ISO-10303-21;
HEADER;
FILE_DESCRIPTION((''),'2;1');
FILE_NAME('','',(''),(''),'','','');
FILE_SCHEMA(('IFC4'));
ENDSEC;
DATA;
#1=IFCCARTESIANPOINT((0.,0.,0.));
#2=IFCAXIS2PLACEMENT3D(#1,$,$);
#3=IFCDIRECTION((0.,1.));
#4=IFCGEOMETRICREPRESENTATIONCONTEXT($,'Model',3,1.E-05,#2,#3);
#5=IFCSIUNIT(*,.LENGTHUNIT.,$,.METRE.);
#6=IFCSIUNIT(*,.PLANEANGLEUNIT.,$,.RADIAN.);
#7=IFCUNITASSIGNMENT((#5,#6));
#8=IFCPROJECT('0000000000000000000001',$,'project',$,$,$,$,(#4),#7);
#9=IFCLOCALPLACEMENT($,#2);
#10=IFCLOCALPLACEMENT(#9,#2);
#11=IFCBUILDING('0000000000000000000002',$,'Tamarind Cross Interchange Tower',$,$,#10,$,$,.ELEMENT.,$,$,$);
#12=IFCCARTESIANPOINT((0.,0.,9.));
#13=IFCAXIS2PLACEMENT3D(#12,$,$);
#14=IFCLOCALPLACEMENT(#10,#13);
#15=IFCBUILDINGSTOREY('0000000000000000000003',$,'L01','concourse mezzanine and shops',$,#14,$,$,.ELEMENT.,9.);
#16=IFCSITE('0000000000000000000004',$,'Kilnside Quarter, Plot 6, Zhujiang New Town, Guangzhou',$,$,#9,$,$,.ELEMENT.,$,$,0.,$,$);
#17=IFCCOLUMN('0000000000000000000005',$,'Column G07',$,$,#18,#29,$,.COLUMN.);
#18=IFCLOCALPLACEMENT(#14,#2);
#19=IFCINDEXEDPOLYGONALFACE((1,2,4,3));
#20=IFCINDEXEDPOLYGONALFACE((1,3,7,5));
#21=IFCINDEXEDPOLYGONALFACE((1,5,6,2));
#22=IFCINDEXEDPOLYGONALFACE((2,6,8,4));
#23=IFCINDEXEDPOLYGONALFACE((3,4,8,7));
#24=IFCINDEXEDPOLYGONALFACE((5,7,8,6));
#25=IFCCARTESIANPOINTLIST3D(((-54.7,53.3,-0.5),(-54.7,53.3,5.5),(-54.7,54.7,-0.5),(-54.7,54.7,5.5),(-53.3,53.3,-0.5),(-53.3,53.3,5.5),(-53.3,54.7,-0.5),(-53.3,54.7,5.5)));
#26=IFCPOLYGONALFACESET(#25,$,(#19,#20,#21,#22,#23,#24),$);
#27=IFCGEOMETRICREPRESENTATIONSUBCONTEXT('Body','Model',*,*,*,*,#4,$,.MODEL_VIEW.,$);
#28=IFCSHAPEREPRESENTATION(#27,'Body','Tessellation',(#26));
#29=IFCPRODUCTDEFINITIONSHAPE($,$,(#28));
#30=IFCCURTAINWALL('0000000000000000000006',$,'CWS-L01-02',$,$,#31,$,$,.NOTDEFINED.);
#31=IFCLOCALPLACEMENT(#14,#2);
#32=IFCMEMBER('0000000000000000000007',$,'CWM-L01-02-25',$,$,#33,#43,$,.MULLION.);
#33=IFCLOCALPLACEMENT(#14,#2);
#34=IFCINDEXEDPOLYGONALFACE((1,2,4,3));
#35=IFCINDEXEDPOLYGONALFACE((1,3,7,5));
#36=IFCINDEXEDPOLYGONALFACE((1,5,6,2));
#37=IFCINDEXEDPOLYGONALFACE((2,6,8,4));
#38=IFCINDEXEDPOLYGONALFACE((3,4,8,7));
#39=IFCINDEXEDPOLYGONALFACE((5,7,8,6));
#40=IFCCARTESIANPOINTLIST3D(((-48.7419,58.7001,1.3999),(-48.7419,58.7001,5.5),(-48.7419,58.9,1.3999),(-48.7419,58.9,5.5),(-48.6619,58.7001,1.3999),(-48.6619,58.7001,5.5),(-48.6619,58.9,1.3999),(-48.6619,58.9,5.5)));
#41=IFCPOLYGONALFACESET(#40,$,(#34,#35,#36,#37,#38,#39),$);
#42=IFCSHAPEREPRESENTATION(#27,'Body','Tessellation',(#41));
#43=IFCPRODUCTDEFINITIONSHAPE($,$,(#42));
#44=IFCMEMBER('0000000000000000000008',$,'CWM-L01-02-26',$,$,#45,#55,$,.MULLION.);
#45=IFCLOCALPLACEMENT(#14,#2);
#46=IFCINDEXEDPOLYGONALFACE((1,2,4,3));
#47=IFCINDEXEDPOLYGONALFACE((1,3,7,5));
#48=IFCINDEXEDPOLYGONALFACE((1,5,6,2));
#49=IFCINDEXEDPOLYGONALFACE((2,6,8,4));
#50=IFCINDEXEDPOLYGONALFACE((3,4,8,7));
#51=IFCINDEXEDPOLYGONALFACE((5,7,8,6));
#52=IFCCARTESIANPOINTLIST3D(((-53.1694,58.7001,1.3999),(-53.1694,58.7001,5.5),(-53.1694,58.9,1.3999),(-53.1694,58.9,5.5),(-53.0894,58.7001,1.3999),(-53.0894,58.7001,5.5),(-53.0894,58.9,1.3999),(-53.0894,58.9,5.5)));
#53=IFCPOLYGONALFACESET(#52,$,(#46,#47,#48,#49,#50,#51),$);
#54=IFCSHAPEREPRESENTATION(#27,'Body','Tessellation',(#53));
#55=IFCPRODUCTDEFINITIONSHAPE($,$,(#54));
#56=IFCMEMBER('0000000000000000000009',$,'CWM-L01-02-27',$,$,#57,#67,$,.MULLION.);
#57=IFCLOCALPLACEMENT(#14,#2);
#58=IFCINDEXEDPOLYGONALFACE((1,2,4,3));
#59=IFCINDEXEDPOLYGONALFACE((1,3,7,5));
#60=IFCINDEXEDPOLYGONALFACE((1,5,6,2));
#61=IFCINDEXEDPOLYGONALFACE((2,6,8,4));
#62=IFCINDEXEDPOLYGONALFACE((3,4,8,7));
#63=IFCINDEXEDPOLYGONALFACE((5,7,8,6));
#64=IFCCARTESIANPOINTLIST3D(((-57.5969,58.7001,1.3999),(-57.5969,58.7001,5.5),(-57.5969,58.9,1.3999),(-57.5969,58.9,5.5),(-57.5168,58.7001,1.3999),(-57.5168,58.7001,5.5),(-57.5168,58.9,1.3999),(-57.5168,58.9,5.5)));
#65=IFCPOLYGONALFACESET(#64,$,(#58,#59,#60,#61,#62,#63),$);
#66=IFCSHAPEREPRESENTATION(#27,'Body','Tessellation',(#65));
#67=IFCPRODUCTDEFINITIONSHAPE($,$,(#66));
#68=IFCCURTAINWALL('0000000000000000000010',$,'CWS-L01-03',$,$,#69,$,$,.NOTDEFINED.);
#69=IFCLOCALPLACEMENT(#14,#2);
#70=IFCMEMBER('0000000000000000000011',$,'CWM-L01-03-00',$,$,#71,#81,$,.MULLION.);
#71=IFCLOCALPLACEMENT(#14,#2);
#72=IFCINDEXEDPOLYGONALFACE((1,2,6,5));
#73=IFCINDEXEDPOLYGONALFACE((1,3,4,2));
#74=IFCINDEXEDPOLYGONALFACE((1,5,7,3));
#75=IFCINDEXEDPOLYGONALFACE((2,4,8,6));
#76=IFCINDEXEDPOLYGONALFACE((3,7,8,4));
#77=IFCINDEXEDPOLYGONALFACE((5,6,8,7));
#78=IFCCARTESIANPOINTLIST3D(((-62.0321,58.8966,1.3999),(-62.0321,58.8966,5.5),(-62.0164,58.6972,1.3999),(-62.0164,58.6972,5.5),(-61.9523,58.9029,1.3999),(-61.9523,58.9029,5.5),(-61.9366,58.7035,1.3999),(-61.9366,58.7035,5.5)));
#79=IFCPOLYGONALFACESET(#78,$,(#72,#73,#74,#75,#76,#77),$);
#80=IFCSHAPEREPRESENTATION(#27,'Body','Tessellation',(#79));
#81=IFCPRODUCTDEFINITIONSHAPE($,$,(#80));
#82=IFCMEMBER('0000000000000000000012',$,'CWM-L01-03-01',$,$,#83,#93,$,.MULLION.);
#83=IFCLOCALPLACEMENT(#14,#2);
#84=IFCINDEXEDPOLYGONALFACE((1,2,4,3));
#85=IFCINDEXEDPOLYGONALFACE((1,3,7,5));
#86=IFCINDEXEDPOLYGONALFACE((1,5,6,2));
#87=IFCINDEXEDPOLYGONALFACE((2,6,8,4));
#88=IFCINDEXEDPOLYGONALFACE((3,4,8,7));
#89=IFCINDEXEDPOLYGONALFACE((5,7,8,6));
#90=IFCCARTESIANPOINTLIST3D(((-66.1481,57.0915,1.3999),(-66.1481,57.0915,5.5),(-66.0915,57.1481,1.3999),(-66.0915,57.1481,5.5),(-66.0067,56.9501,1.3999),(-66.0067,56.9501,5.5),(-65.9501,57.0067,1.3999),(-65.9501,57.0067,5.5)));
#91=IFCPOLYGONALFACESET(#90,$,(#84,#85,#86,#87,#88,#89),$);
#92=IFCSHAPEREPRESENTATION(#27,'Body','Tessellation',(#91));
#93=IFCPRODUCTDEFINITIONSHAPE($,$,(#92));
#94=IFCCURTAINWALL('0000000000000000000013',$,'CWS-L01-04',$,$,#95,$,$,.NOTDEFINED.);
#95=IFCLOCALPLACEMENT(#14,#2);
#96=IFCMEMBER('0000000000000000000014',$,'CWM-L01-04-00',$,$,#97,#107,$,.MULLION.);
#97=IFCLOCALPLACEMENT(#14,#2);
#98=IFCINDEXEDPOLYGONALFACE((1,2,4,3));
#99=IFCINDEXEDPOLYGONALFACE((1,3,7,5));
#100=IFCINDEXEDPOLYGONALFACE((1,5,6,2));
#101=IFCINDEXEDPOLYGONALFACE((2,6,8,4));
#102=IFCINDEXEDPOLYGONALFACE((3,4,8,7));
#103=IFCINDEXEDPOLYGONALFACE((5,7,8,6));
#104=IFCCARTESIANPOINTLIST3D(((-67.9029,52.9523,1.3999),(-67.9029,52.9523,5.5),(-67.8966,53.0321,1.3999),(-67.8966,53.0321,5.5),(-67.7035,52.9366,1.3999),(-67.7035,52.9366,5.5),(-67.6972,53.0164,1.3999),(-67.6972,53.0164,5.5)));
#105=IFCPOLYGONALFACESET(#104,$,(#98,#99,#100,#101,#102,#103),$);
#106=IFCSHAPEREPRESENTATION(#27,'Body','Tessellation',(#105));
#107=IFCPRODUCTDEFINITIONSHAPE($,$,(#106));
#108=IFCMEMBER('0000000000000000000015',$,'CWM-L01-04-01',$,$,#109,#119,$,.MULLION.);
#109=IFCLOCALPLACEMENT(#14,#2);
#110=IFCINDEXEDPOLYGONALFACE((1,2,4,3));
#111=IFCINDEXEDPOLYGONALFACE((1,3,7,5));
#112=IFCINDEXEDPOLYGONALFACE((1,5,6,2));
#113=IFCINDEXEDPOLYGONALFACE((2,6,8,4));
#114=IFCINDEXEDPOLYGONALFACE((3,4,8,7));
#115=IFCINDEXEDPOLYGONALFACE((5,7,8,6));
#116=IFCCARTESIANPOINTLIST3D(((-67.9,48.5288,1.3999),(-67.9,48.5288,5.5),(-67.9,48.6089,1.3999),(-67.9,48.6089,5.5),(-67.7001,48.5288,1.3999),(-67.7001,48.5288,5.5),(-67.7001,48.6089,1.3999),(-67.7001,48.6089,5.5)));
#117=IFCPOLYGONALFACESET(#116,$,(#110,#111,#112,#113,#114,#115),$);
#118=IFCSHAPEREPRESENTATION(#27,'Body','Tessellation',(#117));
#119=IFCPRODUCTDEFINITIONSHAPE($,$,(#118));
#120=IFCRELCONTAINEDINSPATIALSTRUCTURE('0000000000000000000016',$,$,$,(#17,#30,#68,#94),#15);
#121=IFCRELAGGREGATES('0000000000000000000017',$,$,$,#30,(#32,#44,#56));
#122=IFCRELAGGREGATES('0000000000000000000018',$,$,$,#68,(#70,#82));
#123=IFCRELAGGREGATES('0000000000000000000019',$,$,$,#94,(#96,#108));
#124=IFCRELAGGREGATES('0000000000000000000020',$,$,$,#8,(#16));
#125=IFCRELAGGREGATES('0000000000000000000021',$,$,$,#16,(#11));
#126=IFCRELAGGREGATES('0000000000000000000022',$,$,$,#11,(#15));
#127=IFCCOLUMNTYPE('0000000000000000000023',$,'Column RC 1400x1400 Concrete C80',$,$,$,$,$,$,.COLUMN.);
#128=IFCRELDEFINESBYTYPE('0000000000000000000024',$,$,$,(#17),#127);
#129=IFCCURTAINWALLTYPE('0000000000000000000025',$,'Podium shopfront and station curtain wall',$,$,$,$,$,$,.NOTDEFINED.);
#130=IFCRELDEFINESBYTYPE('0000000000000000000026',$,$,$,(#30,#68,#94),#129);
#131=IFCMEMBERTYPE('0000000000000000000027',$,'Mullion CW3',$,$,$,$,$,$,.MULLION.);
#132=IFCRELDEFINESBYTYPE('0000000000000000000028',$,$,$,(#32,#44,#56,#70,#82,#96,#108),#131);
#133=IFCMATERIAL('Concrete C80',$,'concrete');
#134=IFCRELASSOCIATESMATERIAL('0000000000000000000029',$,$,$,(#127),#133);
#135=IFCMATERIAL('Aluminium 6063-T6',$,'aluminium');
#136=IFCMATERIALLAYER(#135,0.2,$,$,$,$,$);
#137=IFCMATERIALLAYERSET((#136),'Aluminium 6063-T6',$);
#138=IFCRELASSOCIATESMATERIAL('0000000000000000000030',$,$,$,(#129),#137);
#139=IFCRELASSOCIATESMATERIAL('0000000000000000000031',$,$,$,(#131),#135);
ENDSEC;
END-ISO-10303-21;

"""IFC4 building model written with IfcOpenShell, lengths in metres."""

from ifc_helpers import new_model, si_unit, direction, frame, origin, origin_2d, place, context, subcontext, project, spatial, rectangle, extrude, material, layer, layer_set, material_profile, profile_set, type_object, element, aggregate, save


model = new_model("IFC4")

# Units and contexts
model_context = context("Model", 3, precision=1e-05, world=origin(), true_north=direction((0.0, 1.0)))
body_context = subcontext(model_context, "Body", "Model", "MODEL_VIEW")
ifc_project = project(units=[si_unit("LENGTHUNIT", "METRE"), si_unit("PLANEANGLEUNIT", "RADIAN")], contexts=[model_context])

# Site, building, storey
site_placement = place(None, origin())
site = spatial("IfcSite", under=ifc_project, at=site_placement, Name="Kilnside Quarter, Plot 6, Zhujiang New Town, Guangzhou", CompositionType="ELEMENT", RefElevation=0.0)
building_placement = place(site_placement, origin())
building = spatial("IfcBuilding", under=site, at=building_placement, Name="Tamarind Cross Interchange Tower", CompositionType="ELEMENT")
storey_placement = place(building_placement, frame((0.0, 0.0, 9.0)))
storey = spatial("IfcBuildingStorey", under=building, at=storey_placement, Name="L01", Description="concourse mezzanine and shops", CompositionType="ELEMENT", Elevation=9.0)

# Column
ifc_material_1 = material(Name="Concrete C80", Category="concrete")
ifc_material_profile_1 = material_profile(ifc_material_1, rectangle(XDim=1.3999, YDim=1.3999, at=origin_2d()), Name="RC 1400x1400")
ifc_profile_set_1 = profile_set([ifc_material_profile_1], Name="Concrete C80")
column_type = type_object("IfcColumnType", Name="Column RC 1400x1400 Concrete C80", PredefinedType="COLUMN", material=ifc_profile_set_1)
column_placement = place(storey_placement, frame((-54.0, 54.0, -0.5), z_axis=(0.0, 0.0, 1.0), x_axis=(1.0, 0.0, 0.0)))
element("IfcColumn", 1, at=column_placement, inside=storey, type_object=column_type, Name="Column G07", PredefinedType="COLUMN", context=body_context, shape_type="SweptSolid", body=[
    extrude(rectangle(XDim=1.3999, YDim=1.3999, at=origin_2d()), origin(), (0.0, 0.0, 1.0), 6.0),
])

# Curtain walls, members
ifc_material_2 = material(Name="Aluminium 6063-T6", Category="aluminium")
ifc_layer_1 = layer(ifc_material_2, 0.2)
ifc_layer_set_1 = layer_set([ifc_layer_1], Name="Aluminium 6063-T6")
curtain_wall_type = type_object("IfcCurtainWallType", Name="Podium shopfront and station curtain wall", PredefinedType="NOTDEFINED", material=ifc_layer_set_1)
curtain_wall_1_placement = place(storey_placement, origin())
curtain_wall_1 = element("IfcCurtainWall", 2, at=curtain_wall_1_placement, inside=storey, type_object=curtain_wall_type, Name="CWS-L01-02", PredefinedType="NOTDEFINED")
ifc_material_profile_2 = material_profile(ifc_material_2, rectangle(XDim=0.0801, YDim=0.2, at=origin_2d()), Name="Mullion CW3")
ifc_profile_set_2 = profile_set([ifc_material_profile_2], Name="Aluminium 6063-T6")
member_type = type_object("IfcMemberType", Name="Mullion CW3", PredefinedType="MULLION", material=ifc_profile_set_2)
member_1_placement = place(storey_placement, frame((-48.7019, 58.8, 1.3999), z_axis=(0.0, 0.0, 1.0), x_axis=(-1.0, 0.0, 0.0)))
member_1 = element("IfcMember", 3, at=member_1_placement, type_object=member_type, Name="CWM-L01-02-25", PredefinedType="MULLION", context=body_context, shape_type="SweptSolid", body=[
    extrude(rectangle(XDim=0.0801, YDim=0.2, at=origin_2d()), origin(), (0.0, 0.0, 1.0), 4.1001),
])
member_2_placement = place(storey_placement, frame((-53.1294, 58.8, 1.3999), z_axis=(0.0, 0.0, 1.0), x_axis=(-1.0, 0.0, 0.0)))
member_2 = element("IfcMember", 4, at=member_2_placement, type_object=member_type, Name="CWM-L01-02-26", PredefinedType="MULLION", context=body_context, shape_type="SweptSolid", body=[
    extrude(rectangle(XDim=0.0801, YDim=0.2, at=origin_2d()), origin(), (0.0, 0.0, 1.0), 4.1001),
])
member_3_placement = place(storey_placement, frame((-57.5569, 58.8, 1.3999), z_axis=(0.0, 0.0, 1.0), x_axis=(-1.0, 0.0, 0.0)))
member_3 = element("IfcMember", 5, at=member_3_placement, type_object=member_type, Name="CWM-L01-02-27", PredefinedType="MULLION", context=body_context, shape_type="SweptSolid", body=[
    extrude(rectangle(XDim=0.0801, YDim=0.2, at=origin_2d()), origin(), (0.0, 0.0, 1.0), 4.1001),
])
aggregate(curtain_wall_1, [member_1, member_2, member_3])
curtain_wall_2_placement = place(storey_placement, origin())
curtain_wall_2 = element("IfcCurtainWall", 6, at=curtain_wall_2_placement, inside=storey, type_object=curtain_wall_type, Name="CWS-L01-03", PredefinedType="NOTDEFINED")
member_4_placement = place(storey_placement, frame((-61.9844, 58.8, 1.3999), z_axis=(0.0, 0.0, 1.0), x_axis=(-0.996917, -0.078459, 0.0)))
member_4 = element("IfcMember", 7, at=member_4_placement, type_object=member_type, Name="CWM-L01-03-00", PredefinedType="MULLION", context=body_context, shape_type="SweptSolid", body=[
    extrude(rectangle(XDim=0.0801, YDim=0.2, at=origin_2d()), origin(), (0.0, 0.0, 1.0), 4.1001),
])
member_5_placement = place(storey_placement, frame((-66.0491, 57.0491, 1.3999), z_axis=(0.0, 0.0, 1.0), x_axis=(-0.707107, -0.707107, 0.0)))
member_5 = element("IfcMember", 8, at=member_5_placement, type_object=member_type, Name="CWM-L01-03-01", PredefinedType="MULLION", context=body_context, shape_type="SweptSolid", body=[
    extrude(rectangle(XDim=0.0801, YDim=0.2, at=origin_2d()), origin(), (0.0, 0.0, 1.0), 4.1001),
])
aggregate(curtain_wall_2, [member_4, member_5])
curtain_wall_3_placement = place(storey_placement, origin())
curtain_wall_3 = element("IfcCurtainWall", 9, at=curtain_wall_3_placement, inside=storey, type_object=curtain_wall_type, Name="CWS-L01-04", PredefinedType="NOTDEFINED")
member_6_placement = place(storey_placement, frame((-67.8, 52.9844, 1.3999), z_axis=(0.0, 0.0, 1.0), x_axis=(-0.078459, -0.996917, 0.0)))
member_6 = element("IfcMember", 10, at=member_6_placement, type_object=member_type, Name="CWM-L01-04-00", PredefinedType="MULLION", context=body_context, shape_type="SweptSolid", body=[
    extrude(rectangle(XDim=0.0801, YDim=0.2, at=origin_2d()), origin(), (0.0, 0.0, 1.0), 4.1001),
])
member_7_placement = place(storey_placement, frame((-67.8, 48.5688, 1.3999), z_axis=(0.0, 0.0, 1.0), x_axis=(0.0, -1.0, 0.0)))
member_7 = element("IfcMember", 11, at=member_7_placement, type_object=member_type, Name="CWM-L01-04-01", PredefinedType="MULLION", context=body_context, shape_type="SweptSolid", body=[
    extrude(rectangle(XDim=0.0801, YDim=0.2, at=origin_2d()), origin(), (0.0, 0.0, 1.0), 4.1001),
])
aggregate(curtain_wall_3, [member_6, member_7])

save(model, "model.ifc")
